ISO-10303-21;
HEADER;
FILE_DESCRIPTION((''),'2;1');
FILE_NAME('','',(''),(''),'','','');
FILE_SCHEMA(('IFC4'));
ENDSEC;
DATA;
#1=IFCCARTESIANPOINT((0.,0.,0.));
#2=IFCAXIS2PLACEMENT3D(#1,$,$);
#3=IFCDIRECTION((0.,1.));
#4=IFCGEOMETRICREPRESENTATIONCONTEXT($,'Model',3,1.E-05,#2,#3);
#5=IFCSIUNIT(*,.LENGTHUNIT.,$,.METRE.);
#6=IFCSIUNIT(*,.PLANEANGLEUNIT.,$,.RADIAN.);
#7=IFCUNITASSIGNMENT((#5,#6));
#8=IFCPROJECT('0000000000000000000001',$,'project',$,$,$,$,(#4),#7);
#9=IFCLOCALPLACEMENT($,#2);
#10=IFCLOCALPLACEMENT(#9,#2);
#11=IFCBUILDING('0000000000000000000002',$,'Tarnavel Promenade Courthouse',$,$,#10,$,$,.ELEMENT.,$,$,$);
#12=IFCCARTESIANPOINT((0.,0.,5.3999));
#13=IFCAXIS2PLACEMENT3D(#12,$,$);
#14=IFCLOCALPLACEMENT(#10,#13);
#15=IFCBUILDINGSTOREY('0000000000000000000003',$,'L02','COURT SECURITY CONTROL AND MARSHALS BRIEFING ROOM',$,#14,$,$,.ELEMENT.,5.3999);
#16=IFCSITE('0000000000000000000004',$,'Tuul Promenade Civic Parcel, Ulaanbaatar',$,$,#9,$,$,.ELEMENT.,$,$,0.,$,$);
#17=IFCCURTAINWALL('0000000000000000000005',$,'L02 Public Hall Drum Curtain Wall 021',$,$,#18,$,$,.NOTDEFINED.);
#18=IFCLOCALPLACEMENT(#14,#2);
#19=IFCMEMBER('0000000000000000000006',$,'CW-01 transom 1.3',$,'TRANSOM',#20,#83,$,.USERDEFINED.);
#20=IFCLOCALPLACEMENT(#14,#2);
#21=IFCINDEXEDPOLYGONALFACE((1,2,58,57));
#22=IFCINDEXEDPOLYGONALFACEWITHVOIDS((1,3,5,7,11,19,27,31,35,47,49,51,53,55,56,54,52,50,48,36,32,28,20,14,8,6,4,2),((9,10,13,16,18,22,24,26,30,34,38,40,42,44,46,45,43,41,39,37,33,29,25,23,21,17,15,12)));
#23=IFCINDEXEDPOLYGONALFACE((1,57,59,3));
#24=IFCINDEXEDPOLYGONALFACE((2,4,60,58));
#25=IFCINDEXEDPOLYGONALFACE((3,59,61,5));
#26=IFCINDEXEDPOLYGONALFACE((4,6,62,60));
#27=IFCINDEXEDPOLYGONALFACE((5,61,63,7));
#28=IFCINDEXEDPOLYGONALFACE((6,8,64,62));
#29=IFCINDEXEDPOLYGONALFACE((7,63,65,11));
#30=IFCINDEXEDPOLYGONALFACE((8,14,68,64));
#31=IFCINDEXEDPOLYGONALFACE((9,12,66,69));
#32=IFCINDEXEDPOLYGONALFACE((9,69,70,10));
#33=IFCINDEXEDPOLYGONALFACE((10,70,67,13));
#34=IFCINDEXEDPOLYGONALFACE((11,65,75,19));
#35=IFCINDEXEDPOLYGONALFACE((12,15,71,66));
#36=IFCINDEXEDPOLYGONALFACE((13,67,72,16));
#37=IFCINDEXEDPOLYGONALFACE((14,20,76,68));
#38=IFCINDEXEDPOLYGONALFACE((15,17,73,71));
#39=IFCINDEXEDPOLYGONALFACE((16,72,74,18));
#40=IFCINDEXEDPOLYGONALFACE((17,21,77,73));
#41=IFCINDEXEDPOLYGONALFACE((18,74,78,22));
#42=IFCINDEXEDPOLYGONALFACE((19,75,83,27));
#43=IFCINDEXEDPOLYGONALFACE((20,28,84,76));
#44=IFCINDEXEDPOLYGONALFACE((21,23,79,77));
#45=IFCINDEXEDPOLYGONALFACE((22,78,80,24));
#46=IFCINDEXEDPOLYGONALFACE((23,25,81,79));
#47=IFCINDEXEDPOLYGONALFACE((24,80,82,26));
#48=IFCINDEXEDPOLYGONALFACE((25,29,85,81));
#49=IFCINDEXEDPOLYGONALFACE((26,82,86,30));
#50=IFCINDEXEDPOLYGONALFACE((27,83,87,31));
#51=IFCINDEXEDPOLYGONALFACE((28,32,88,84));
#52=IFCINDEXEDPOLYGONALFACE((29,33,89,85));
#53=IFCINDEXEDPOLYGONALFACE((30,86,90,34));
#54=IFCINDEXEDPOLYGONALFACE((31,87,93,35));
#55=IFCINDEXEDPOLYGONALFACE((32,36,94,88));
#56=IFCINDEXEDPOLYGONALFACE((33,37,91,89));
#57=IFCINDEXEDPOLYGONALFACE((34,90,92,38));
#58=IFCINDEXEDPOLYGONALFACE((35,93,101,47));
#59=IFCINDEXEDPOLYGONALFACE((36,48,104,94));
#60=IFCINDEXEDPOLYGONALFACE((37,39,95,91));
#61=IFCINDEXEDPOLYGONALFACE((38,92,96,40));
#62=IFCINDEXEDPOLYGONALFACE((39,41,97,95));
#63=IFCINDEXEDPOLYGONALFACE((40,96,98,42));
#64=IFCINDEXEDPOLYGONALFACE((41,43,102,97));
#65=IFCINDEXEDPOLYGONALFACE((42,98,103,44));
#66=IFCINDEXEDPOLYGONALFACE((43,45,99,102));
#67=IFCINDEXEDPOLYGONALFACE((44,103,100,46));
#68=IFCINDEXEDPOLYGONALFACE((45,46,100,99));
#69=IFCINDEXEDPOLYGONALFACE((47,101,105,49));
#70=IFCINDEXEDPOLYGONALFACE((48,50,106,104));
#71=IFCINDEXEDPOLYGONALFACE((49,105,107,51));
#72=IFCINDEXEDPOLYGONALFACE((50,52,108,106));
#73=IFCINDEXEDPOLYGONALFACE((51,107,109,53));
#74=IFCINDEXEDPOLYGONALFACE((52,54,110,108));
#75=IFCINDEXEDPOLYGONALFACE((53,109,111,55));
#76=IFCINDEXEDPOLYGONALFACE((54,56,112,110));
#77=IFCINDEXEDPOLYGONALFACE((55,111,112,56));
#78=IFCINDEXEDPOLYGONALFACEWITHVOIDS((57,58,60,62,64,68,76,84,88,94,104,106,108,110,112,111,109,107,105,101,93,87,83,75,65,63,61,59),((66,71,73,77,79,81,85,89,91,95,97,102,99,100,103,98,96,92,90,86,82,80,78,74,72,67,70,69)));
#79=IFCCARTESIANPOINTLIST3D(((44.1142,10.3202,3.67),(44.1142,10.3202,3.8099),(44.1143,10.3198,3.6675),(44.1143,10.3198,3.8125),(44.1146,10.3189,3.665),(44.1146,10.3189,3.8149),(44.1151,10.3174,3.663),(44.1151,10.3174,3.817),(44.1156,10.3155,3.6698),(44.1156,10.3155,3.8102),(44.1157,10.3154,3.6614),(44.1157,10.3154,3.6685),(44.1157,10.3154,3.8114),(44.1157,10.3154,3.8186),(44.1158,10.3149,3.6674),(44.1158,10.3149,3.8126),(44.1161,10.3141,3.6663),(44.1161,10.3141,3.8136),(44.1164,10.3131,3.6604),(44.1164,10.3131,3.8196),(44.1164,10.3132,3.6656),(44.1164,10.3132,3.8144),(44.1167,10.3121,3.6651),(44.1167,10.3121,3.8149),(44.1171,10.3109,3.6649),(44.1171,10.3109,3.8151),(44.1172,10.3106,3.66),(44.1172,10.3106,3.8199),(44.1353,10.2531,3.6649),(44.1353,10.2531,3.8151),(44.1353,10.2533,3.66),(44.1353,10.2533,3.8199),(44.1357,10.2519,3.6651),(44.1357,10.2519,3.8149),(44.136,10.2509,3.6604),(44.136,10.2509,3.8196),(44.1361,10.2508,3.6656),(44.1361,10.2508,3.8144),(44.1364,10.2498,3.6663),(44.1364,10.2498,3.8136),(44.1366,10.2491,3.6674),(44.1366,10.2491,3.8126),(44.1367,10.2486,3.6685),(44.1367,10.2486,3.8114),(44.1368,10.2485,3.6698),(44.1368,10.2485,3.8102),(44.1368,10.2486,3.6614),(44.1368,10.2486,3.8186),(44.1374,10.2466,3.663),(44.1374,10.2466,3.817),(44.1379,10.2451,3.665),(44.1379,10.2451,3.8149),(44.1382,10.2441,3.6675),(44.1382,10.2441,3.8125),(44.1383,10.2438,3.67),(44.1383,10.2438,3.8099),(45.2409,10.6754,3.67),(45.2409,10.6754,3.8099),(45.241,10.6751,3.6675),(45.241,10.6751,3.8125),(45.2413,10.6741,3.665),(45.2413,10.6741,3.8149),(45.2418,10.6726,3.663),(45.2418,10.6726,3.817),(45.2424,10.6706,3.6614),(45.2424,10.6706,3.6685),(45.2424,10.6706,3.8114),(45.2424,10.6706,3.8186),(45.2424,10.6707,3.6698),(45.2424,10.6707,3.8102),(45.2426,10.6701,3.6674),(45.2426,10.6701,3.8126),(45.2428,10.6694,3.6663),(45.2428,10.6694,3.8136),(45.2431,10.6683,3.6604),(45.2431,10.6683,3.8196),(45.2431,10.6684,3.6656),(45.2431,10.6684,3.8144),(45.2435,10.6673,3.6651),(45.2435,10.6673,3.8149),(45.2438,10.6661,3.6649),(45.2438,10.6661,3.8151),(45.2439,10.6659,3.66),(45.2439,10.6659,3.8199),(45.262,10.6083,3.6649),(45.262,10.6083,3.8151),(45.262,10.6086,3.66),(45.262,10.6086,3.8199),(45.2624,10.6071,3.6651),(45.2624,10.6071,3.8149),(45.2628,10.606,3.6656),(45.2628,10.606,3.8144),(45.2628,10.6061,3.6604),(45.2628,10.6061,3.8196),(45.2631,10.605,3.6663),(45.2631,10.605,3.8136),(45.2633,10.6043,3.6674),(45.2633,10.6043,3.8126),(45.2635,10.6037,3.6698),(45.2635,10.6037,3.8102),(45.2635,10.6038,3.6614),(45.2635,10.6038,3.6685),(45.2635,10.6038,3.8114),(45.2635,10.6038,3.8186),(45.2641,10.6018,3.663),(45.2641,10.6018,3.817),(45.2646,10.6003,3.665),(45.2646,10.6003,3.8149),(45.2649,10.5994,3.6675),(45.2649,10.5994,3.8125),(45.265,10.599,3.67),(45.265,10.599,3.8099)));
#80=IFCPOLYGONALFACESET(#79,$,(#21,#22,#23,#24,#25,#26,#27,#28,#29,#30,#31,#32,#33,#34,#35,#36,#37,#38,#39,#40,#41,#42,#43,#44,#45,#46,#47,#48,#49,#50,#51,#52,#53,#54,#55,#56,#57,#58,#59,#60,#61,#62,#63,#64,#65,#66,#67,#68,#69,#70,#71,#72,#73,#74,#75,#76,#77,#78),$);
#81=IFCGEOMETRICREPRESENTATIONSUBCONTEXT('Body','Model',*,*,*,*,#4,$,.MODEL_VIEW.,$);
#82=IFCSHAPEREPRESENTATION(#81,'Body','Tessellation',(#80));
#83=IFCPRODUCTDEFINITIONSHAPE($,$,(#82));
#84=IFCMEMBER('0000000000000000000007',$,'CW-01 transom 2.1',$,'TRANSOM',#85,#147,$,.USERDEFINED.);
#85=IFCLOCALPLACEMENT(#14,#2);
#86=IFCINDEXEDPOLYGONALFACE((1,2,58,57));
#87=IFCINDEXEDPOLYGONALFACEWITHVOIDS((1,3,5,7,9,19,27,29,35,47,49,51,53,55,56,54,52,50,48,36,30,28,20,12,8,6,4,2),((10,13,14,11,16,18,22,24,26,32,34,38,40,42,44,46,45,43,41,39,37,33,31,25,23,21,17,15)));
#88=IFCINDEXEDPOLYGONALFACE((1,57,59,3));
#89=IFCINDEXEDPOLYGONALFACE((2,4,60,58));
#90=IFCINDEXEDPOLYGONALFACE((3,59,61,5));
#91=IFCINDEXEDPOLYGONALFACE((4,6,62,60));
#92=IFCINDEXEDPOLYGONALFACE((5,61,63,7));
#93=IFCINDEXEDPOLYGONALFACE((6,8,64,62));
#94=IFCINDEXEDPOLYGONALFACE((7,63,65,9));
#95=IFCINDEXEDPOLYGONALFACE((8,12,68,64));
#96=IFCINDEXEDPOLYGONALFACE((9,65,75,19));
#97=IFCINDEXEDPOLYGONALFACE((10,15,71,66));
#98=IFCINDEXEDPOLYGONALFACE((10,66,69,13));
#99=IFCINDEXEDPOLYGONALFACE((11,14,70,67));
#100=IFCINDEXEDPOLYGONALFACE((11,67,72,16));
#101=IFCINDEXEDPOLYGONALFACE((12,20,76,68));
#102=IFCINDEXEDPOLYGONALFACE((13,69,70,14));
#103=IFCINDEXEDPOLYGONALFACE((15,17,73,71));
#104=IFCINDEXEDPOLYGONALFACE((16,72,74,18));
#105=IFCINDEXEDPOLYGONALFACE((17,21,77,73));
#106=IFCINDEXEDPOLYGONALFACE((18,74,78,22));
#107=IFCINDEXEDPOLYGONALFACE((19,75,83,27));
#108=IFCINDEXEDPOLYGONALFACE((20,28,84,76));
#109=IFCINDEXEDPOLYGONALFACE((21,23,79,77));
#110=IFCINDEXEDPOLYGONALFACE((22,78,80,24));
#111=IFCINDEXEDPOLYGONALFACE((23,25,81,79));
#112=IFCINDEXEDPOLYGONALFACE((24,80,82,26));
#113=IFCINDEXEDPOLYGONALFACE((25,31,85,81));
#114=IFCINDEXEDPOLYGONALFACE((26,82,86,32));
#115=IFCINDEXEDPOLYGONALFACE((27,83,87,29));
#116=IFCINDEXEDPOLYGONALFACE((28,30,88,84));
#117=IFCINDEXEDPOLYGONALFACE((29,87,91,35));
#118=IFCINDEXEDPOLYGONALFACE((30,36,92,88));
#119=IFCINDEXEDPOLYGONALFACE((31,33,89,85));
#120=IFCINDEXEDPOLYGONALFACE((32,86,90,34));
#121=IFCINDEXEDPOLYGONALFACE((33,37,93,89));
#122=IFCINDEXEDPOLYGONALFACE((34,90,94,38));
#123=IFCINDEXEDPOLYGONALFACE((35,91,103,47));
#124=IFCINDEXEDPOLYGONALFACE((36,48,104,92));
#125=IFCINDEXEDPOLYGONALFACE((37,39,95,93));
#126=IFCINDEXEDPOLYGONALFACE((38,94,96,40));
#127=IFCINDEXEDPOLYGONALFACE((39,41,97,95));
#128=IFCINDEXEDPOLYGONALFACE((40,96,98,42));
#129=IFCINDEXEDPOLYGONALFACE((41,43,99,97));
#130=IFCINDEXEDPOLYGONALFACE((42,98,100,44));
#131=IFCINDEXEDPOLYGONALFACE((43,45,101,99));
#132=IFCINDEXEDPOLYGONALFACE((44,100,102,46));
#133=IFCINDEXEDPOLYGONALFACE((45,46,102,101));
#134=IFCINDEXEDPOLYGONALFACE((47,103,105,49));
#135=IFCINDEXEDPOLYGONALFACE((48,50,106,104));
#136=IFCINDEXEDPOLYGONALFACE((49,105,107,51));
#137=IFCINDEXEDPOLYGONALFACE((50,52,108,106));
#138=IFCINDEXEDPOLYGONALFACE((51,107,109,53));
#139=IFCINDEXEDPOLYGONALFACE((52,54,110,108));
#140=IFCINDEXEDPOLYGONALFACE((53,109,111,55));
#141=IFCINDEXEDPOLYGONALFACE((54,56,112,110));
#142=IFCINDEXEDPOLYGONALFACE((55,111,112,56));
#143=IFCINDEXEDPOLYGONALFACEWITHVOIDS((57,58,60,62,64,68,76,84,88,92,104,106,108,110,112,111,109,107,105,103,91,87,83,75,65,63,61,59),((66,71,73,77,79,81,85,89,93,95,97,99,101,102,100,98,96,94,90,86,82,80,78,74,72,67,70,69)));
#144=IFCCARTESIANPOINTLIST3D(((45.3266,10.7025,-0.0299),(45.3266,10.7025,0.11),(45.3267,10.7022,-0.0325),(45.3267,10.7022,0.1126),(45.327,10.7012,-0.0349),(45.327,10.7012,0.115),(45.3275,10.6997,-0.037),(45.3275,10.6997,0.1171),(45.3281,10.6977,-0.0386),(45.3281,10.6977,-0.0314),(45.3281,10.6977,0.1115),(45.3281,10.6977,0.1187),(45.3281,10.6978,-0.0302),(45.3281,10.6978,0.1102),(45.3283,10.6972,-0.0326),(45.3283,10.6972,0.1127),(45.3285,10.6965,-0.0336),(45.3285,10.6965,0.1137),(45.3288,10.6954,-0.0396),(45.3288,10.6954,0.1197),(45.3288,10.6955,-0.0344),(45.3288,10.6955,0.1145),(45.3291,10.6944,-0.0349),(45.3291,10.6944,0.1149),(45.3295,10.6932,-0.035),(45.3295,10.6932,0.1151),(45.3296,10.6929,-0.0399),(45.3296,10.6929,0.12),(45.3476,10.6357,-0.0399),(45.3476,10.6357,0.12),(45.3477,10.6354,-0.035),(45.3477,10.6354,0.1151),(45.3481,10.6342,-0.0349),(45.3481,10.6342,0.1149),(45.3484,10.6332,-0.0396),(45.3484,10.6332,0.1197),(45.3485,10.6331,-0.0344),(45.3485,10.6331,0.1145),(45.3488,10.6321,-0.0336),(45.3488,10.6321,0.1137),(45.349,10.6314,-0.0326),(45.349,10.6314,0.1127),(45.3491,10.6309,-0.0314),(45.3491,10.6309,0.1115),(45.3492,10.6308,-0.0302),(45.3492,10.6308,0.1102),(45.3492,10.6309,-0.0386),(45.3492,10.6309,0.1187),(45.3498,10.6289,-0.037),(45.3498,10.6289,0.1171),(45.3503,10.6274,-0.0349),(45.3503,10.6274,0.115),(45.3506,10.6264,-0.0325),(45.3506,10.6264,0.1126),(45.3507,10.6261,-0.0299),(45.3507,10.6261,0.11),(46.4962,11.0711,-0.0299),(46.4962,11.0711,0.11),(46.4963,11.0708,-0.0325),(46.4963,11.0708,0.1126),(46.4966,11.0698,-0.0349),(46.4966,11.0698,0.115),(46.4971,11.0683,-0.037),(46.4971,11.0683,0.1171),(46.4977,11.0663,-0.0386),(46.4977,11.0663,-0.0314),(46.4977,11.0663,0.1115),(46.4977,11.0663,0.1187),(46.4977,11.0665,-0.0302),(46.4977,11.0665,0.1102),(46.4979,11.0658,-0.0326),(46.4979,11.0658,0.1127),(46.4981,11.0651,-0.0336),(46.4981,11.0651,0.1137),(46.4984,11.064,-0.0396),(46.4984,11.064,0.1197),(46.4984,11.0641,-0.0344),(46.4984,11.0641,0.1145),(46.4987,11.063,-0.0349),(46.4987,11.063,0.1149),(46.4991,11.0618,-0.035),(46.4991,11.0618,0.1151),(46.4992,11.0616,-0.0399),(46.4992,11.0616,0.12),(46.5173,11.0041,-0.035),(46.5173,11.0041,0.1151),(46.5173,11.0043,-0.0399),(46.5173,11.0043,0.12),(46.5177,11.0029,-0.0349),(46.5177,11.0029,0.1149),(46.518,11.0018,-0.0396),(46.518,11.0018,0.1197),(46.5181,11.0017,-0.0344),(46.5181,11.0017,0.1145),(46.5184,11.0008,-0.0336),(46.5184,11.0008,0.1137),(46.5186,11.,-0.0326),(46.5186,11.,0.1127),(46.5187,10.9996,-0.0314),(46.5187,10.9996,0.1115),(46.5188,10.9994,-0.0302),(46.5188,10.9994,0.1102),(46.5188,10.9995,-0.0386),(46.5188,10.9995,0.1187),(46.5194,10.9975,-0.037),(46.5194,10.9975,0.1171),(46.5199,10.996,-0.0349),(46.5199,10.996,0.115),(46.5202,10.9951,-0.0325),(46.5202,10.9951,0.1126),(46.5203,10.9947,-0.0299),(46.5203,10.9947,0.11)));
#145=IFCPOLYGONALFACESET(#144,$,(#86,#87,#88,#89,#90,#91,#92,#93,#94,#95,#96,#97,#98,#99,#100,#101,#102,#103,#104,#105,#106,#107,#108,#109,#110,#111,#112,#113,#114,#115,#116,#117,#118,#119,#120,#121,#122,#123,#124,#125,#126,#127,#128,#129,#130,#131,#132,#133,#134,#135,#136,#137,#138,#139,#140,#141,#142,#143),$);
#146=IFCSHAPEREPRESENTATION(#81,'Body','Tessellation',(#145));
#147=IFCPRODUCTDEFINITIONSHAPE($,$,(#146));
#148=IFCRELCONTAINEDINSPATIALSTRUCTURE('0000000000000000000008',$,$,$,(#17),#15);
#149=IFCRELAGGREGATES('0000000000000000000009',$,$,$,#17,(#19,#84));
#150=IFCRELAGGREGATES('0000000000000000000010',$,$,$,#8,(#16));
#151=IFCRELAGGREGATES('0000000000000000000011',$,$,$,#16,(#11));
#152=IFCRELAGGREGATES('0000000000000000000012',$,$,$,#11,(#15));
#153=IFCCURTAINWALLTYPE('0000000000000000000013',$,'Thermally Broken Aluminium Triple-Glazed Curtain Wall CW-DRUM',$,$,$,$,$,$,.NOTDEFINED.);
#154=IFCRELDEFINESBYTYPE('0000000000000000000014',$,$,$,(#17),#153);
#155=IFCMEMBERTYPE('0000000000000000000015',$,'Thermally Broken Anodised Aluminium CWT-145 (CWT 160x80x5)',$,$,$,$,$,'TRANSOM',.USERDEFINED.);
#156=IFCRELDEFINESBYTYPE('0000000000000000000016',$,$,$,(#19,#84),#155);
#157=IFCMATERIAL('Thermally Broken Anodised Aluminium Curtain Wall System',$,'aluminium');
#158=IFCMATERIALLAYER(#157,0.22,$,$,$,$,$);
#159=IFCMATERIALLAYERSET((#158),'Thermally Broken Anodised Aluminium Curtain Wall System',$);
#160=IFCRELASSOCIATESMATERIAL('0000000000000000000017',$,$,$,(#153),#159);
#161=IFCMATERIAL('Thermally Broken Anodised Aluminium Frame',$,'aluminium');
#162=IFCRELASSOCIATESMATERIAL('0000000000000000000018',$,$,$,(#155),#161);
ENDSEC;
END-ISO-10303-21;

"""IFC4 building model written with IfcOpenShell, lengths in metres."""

from ifc_helpers import new_model, si_unit, direction, frame, origin, origin_2d, place, context, subcontext, project, spatial, hollow_rectangle, extrude, material, layer, layer_set, material_profile, profile_set, type_object, element, aggregate, save


model = new_model("IFC4")

# Units and contexts
model_context = context("Model", 3, precision=1e-05, world=origin(), true_north=direction((0.0, 1.0)))
body_context = subcontext(model_context, "Body", "Model", "MODEL_VIEW")
ifc_project = project(units=[si_unit("LENGTHUNIT", "METRE"), si_unit("PLANEANGLEUNIT", "RADIAN")], contexts=[model_context])

# Site, building, storey
site_placement = place(None, origin())
site = spatial("IfcSite", under=ifc_project, at=site_placement, Name="Tuul Promenade Civic Parcel, Ulaanbaatar", CompositionType="ELEMENT", RefElevation=0.0)
building_placement = place(site_placement, origin())
building = spatial("IfcBuilding", under=site, at=building_placement, Name="Tarnavel Promenade Courthouse", CompositionType="ELEMENT")
storey_placement = place(building_placement, frame((0.0, 0.0, 5.3999)))
storey = spatial("IfcBuildingStorey", under=building, at=storey_placement, Name="L02", Description="COURT SECURITY CONTROL AND MARSHALS BRIEFING ROOM", CompositionType="ELEMENT", Elevation=5.3999)

# Curtain wall
ifc_material_1 = material(Name="Thermally Broken Anodised Aluminium Curtain Wall System", Category="aluminium")
ifc_layer_1 = layer(ifc_material_1, 0.22)
ifc_layer_set_1 = layer_set([ifc_layer_1], Name="Thermally Broken Anodised Aluminium Curtain Wall System")
curtain_wall_type = type_object("IfcCurtainWallType", Name="Thermally Broken Aluminium Triple-Glazed Curtain Wall CW-DRUM", PredefinedType="NOTDEFINED", material=ifc_layer_set_1)
ifc_material_2 = material(Name="Thermally Broken Anodised Aluminium Frame", Category="aluminium")
curtain_wall_1_placement = place(storey_placement, origin())
curtain_wall_1 = element("IfcCurtainWall", 1, at=curtain_wall_1_placement, inside=storey, type_object=curtain_wall_type, Name="L02 Public Hall Drum Curtain Wall 021", PredefinedType="NOTDEFINED")

# Members
ifc_material_profile_1 = material_profile(ifc_material_2, hollow_rectangle(XDim=0.0801, YDim=0.1599, WallThickness=0.0049, InnerFilletRadius=0.0049, OuterFilletRadius=0.01, at=origin_2d()), Name="CWT 160x80x5")
ifc_profile_set_1 = profile_set([ifc_material_profile_1], Name="Thermally Broken Anodised Aluminium Frame")
member_type_1 = type_object("IfcMemberType", Name="Thermally Broken Anodised Aluminium CWT-145 (CWT 160x80x5)", ElementType="TRANSOM", PredefinedType="USERDEFINED", material=ifc_profile_set_1)
member_1_placement = place(storey_placement, frame((44.1262, 10.282, 3.74), z_axis=(0.953723, 0.300686, 0.0), x_axis=(-0.300686, 0.953723, 0.0)))
member_1 = element("IfcMember", 2, at=member_1_placement, type_object=member_type_1, Name="CW-01 transom 1.3", ObjectType="TRANSOM", PredefinedType="USERDEFINED", context=body_context, shape_type="SweptSolid", body=[
    extrude(hollow_rectangle(XDim=0.0801, YDim=0.1599, WallThickness=0.0049, InnerFilletRadius=0.0049, OuterFilletRadius=0.01, at=origin_2d()), origin(), (0.0, 0.0, 1.0), 1.1814),
])
member_2_placement = place(storey_placement, frame((45.3386, 10.6643, 0.04), z_axis=(0.953751, 0.300598, 0.0), x_axis=(-0.300598, 0.953751, 0.0)))
member_2 = element("IfcMember", 3, at=member_2_placement, type_object=member_type_1, Name="CW-01 transom 2.1", ObjectType="TRANSOM", PredefinedType="USERDEFINED", context=body_context, shape_type="SweptSolid", body=[
    extrude(hollow_rectangle(XDim=0.0801, YDim=0.1599, WallThickness=0.0049, InnerFilletRadius=0.0049, OuterFilletRadius=0.01, at=origin_2d()), origin(), (0.0, 0.0, 1.0), 1.2263),
])

aggregate(curtain_wall_1, [member_1, member_2])

save(model, "model.ifc")
